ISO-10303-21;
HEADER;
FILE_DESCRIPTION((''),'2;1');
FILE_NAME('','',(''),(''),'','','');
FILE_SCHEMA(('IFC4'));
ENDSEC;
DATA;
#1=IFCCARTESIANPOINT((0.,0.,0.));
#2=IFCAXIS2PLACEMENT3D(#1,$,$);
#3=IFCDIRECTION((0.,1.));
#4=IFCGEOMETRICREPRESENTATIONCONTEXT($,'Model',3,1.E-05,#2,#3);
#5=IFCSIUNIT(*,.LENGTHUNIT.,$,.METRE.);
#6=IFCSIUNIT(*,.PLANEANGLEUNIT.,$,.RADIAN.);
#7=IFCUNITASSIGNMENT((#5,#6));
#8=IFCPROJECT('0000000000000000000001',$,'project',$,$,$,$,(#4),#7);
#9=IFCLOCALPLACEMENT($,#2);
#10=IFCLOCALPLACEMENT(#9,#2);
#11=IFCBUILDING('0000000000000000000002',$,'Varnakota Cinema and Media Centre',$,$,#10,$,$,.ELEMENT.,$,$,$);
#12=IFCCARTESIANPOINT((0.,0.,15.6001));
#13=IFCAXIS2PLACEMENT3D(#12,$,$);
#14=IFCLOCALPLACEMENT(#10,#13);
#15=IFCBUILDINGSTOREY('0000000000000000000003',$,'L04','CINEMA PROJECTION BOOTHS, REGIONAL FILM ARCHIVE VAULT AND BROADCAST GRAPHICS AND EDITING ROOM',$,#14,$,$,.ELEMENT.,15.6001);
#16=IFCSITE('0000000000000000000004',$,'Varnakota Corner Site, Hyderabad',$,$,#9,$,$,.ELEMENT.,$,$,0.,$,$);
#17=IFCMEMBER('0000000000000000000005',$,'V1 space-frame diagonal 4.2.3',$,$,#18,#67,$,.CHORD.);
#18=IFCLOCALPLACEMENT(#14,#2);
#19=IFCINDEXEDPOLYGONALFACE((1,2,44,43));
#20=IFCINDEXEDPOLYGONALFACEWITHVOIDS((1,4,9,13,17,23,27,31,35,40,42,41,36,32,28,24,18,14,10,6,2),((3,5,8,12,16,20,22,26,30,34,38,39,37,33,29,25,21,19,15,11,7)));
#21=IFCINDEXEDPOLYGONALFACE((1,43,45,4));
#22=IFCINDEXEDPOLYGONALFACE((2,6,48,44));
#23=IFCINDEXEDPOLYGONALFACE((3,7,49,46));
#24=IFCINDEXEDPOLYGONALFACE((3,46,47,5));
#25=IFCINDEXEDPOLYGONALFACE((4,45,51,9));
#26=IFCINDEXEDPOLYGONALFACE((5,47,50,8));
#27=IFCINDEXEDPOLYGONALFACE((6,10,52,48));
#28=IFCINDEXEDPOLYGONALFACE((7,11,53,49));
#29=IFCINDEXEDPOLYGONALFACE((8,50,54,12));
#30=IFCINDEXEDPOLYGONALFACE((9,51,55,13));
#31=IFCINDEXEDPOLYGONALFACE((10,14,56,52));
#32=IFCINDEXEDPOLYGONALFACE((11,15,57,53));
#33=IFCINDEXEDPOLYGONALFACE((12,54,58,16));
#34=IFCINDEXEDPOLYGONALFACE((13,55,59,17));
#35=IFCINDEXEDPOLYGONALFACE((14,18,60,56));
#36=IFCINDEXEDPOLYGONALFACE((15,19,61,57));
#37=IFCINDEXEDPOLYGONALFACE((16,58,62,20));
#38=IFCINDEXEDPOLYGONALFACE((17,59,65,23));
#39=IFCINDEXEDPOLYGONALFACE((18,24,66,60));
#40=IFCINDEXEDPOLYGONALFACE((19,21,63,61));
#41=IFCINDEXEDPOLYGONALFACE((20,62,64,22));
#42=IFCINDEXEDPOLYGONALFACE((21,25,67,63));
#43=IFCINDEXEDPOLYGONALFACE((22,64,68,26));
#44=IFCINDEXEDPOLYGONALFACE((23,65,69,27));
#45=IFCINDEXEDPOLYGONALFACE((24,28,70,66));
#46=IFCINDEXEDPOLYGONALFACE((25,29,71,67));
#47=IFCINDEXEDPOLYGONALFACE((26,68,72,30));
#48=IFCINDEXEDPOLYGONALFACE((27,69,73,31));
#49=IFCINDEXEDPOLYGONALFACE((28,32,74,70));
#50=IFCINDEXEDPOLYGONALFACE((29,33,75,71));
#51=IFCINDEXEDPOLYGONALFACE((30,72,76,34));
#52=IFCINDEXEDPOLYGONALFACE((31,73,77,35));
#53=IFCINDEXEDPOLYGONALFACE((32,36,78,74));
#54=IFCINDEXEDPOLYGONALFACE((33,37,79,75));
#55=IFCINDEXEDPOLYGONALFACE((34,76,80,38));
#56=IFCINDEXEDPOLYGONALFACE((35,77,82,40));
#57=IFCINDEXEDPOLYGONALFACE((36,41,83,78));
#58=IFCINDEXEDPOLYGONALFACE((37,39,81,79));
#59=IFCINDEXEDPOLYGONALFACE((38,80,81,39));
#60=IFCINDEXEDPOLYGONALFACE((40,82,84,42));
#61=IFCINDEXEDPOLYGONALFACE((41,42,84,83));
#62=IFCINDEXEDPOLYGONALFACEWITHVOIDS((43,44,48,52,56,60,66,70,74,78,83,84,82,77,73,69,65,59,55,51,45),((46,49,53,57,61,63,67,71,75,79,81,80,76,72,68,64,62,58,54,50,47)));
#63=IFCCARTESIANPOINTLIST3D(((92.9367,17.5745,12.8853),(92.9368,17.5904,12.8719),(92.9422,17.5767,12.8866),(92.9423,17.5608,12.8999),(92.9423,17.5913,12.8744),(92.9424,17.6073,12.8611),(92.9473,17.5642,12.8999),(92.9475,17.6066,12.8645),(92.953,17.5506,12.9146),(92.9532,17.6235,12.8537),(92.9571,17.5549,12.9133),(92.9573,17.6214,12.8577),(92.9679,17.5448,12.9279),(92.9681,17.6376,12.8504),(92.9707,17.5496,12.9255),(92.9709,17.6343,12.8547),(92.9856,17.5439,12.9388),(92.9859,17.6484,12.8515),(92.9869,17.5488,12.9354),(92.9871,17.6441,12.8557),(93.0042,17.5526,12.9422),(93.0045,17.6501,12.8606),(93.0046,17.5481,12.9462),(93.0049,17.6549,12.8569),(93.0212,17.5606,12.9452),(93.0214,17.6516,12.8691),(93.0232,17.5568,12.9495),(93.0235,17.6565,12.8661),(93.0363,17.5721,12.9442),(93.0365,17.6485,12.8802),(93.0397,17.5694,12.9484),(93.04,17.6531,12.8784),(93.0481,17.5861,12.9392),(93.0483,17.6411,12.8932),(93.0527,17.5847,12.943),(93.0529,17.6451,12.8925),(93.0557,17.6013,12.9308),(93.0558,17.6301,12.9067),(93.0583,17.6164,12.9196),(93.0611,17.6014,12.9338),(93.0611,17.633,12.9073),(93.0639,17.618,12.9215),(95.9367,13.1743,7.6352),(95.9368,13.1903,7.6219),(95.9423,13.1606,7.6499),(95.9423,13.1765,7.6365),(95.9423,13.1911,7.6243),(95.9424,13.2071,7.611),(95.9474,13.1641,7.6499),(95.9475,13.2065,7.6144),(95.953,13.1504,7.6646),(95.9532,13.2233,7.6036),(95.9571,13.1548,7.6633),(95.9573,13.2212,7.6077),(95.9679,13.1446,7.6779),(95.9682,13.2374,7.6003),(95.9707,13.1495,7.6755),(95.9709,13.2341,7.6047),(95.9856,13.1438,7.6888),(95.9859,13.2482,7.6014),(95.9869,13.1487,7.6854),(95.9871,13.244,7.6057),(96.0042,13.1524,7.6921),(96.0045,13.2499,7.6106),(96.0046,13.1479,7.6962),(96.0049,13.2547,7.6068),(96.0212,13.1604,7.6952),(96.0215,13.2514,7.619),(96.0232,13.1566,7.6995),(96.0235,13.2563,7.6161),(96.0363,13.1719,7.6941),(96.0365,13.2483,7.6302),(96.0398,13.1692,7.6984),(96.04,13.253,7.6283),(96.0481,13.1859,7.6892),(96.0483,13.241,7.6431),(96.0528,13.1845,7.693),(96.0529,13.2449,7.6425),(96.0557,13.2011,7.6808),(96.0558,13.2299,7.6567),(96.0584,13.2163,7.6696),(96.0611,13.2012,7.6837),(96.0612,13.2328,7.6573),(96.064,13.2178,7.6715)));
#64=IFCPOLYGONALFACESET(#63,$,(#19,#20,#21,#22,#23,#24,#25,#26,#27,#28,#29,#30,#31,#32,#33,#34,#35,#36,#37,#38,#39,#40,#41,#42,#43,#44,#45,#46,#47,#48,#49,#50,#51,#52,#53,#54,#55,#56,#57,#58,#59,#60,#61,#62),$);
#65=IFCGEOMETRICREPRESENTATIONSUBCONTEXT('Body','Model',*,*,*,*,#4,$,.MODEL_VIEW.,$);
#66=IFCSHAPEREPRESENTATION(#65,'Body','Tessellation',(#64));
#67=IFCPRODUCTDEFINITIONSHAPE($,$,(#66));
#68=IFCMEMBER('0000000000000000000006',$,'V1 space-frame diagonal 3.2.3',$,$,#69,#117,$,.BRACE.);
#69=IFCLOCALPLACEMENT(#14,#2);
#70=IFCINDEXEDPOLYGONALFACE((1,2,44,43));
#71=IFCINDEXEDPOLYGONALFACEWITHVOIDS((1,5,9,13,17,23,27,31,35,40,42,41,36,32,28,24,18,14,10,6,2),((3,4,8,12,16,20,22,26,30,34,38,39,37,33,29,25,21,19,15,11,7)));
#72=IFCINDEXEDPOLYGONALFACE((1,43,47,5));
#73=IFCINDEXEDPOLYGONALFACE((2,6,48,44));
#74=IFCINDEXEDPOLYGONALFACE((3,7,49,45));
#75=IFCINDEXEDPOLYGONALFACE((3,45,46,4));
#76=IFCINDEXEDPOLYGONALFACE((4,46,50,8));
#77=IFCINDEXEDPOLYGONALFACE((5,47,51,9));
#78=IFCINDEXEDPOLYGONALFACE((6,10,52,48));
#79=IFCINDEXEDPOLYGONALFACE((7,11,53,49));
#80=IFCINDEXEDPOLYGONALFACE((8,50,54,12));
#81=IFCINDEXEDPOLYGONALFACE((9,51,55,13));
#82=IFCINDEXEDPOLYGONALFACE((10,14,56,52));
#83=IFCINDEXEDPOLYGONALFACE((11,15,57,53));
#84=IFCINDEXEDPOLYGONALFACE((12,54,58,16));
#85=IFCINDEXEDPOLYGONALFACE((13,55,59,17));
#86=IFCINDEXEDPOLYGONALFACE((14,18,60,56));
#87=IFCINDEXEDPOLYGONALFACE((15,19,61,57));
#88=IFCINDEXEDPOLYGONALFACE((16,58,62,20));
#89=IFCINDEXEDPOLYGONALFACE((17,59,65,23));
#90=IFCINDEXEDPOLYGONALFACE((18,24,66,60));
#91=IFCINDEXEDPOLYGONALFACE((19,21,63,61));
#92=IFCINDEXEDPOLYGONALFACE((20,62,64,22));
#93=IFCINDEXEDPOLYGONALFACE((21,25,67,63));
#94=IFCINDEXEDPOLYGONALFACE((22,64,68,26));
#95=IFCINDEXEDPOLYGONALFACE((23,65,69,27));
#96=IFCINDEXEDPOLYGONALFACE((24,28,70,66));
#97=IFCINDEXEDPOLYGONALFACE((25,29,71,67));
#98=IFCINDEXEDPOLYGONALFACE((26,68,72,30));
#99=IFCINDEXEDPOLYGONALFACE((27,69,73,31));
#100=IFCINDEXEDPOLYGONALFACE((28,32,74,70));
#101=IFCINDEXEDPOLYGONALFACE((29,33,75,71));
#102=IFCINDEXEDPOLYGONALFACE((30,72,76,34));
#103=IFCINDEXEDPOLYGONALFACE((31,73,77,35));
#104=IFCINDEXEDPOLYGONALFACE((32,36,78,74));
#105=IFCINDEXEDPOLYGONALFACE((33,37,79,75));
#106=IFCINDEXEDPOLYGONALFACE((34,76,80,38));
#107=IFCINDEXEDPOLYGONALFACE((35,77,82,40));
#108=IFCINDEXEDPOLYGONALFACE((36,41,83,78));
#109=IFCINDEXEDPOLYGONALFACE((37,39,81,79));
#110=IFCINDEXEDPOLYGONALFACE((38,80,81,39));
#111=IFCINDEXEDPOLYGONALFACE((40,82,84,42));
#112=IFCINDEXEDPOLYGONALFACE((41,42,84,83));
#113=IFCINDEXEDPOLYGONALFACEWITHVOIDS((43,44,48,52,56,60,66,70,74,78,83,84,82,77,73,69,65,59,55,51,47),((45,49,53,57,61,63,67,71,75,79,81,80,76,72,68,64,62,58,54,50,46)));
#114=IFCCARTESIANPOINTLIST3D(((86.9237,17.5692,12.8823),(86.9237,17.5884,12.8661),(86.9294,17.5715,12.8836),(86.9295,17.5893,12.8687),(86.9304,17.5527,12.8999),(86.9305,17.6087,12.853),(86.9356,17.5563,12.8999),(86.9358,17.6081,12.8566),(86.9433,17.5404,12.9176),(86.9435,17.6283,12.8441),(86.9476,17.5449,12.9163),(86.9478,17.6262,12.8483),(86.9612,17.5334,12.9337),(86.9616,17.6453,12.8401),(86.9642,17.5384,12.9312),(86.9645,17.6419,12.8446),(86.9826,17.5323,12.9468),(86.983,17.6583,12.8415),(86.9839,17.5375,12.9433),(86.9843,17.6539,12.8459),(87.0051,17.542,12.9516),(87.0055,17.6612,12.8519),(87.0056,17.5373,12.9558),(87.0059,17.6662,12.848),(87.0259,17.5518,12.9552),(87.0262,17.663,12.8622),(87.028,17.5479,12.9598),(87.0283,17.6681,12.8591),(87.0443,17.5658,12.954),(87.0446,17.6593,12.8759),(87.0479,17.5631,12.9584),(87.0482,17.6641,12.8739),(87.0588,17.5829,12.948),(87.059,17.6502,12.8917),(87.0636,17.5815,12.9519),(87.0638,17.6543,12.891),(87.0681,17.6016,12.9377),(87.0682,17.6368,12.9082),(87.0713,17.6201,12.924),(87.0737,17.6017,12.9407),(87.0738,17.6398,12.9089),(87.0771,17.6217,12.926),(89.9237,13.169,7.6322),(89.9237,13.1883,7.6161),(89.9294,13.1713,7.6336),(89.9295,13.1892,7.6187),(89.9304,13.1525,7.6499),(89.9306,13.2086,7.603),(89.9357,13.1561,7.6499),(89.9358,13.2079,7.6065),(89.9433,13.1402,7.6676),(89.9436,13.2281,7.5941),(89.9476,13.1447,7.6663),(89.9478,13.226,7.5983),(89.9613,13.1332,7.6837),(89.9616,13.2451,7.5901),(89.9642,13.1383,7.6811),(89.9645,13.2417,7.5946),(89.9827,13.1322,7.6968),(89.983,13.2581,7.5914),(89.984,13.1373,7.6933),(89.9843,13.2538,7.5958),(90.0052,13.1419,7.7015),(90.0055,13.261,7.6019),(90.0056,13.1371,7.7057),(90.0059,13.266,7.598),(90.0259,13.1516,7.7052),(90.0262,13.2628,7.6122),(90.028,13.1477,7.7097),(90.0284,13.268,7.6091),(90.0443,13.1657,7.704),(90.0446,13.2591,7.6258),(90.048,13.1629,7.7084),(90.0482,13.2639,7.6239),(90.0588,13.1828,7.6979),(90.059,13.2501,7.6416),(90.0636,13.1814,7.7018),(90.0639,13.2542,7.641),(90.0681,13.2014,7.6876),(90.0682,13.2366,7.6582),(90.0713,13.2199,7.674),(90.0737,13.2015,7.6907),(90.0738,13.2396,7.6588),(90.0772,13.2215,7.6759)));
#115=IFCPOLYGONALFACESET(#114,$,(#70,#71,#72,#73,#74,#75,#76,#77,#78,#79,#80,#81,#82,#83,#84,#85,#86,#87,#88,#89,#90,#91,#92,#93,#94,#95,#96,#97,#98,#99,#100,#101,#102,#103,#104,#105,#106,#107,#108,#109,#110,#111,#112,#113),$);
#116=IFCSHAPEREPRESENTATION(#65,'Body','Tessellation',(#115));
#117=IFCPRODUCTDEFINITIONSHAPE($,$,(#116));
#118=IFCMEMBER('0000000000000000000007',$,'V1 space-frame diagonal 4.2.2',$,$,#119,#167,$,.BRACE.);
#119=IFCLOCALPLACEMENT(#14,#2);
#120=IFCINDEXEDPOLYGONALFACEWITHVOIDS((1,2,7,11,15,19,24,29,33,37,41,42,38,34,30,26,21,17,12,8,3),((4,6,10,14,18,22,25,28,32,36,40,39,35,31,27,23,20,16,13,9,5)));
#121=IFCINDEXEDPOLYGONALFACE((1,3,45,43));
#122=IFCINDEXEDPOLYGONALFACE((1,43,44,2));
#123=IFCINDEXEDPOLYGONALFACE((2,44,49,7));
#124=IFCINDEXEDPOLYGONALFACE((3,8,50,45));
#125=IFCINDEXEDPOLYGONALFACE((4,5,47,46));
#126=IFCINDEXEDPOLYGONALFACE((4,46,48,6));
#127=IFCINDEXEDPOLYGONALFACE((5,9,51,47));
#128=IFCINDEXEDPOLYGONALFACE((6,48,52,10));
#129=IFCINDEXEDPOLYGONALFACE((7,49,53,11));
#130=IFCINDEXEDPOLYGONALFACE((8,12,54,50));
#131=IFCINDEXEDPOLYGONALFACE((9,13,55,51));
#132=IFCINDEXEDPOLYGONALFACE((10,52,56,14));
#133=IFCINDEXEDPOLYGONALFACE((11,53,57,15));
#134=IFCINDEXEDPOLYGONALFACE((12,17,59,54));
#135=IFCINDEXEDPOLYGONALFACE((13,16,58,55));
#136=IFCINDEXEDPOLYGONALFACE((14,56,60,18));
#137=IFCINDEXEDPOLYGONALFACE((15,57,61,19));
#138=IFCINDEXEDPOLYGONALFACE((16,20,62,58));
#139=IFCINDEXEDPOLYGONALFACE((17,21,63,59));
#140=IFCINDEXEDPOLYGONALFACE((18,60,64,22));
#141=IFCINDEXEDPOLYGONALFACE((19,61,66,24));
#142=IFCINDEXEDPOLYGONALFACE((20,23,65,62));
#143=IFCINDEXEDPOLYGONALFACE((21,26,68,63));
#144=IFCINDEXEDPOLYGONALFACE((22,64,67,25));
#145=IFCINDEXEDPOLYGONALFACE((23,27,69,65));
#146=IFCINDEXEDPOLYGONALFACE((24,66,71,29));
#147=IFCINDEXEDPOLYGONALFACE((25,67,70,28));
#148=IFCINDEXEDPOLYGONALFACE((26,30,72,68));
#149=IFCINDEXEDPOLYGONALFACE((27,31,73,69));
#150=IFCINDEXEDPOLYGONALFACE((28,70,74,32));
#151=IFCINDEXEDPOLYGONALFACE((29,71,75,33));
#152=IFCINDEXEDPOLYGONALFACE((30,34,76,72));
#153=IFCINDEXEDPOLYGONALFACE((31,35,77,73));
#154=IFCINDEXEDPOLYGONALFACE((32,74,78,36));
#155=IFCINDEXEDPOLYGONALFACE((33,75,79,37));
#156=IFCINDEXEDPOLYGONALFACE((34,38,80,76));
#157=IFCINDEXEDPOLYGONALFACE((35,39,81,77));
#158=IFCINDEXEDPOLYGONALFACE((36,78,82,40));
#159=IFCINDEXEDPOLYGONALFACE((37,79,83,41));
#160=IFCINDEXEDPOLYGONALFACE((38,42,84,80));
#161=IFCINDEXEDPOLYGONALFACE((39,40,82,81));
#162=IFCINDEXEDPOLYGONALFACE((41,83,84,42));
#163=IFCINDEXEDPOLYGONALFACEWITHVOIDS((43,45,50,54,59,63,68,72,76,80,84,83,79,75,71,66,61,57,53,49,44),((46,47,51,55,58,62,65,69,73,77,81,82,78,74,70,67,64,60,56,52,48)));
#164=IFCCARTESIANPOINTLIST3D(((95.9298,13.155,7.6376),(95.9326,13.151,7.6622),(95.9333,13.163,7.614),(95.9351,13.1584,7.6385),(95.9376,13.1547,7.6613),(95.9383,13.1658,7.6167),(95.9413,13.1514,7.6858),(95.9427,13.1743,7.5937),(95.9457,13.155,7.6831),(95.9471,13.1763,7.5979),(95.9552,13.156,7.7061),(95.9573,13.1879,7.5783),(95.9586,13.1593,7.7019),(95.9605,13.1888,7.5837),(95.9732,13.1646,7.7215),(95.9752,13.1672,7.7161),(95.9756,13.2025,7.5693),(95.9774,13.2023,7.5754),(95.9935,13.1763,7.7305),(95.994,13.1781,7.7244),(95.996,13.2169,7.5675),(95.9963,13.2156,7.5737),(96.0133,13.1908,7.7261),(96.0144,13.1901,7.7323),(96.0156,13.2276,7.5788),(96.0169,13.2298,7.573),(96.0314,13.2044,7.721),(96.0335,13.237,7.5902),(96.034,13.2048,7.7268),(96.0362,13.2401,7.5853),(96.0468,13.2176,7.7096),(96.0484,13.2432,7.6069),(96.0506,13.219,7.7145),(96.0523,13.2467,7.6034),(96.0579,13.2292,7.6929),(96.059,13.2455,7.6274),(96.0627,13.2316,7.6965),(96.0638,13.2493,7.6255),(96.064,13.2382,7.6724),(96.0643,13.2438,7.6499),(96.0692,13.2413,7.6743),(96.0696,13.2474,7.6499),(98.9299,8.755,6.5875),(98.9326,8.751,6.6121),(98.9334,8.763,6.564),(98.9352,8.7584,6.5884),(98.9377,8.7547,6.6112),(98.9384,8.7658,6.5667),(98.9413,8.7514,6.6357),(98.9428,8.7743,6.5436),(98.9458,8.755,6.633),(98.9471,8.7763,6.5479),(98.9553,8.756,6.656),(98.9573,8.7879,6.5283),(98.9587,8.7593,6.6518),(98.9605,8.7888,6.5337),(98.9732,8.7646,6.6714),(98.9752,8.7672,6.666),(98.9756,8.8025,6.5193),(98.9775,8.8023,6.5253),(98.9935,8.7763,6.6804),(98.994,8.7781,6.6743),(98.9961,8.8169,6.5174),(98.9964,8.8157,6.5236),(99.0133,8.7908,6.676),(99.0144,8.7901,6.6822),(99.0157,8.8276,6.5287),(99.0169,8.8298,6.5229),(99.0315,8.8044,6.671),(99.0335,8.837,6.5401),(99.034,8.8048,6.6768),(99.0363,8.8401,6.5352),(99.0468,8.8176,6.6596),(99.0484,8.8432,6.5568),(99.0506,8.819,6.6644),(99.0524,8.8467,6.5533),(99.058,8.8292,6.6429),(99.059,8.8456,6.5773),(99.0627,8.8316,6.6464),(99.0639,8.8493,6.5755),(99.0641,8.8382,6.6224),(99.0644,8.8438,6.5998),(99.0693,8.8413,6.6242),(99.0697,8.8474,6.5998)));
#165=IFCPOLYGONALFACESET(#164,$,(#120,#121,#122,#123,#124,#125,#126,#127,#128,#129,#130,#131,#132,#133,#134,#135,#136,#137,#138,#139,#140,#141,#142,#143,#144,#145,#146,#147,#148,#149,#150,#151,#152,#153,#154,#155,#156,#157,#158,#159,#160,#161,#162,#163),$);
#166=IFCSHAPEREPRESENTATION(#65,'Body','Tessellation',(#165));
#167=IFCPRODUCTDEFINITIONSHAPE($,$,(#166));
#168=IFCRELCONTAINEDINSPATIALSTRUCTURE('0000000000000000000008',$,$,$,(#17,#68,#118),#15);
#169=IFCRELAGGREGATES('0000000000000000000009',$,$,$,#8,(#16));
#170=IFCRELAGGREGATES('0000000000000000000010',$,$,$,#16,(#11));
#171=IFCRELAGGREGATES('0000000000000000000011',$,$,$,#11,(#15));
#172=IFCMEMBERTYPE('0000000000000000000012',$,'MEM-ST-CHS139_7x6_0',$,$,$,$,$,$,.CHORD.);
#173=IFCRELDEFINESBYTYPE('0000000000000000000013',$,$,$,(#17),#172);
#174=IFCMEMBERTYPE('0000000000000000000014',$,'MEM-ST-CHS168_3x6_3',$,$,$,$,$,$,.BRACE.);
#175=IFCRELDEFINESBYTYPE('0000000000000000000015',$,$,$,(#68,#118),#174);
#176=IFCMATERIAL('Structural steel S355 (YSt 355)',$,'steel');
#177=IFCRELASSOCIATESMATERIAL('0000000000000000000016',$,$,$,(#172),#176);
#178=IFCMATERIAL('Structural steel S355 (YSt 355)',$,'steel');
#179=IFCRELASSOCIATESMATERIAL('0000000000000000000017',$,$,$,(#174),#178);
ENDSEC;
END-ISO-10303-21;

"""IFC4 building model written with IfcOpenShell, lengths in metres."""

from ifc_helpers import new_model, si_unit, direction, frame, origin, origin_2d, place, context, subcontext, project, spatial, hollow_circle, extrude, material, material_profile, profile_set, type_object, element, save


model = new_model("IFC4")

# Units and contexts
model_context = context("Model", 3, precision=1e-05, world=origin(), true_north=direction((0.0, 1.0)))
body_context = subcontext(model_context, "Body", "Model", "MODEL_VIEW")
ifc_project = project(units=[si_unit("LENGTHUNIT", "METRE"), si_unit("PLANEANGLEUNIT", "RADIAN")], contexts=[model_context])

# Site, building, storey
site_placement = place(None, origin())
site = spatial("IfcSite", under=ifc_project, at=site_placement, Name="Varnakota Corner Site, Hyderabad", CompositionType="ELEMENT", RefElevation=0.0)
building_placement = place(site_placement, origin())
building = spatial("IfcBuilding", under=site, at=building_placement, Name="Varnakota Cinema and Media Centre", CompositionType="ELEMENT")
storey_placement = place(building_placement, frame((0.0, 0.0, 15.6001)))
storey = spatial("IfcBuildingStorey", under=building, at=storey_placement, Name="L04", Description="CINEMA PROJECTION BOOTHS, REGIONAL FILM ARCHIVE VAULT AND BROADCAST GRAPHICS AND EDITING ROOM", CompositionType="ELEMENT", Elevation=15.6001)

# Members
ifc_material_1 = material(Name="Structural steel S355 (YSt 355)", Category="steel")
ifc_material_profile_1 = material_profile(ifc_material_1, hollow_circle(Radius=0.0698, WallThickness=0.0061, at=origin_2d()), Name="CHS 139.7x6.0")
ifc_profile_set_1 = profile_set([ifc_material_profile_1], Name="Structural steel S355 (YSt 355)")
member_type_1 = type_object("IfcMemberType", Name="MEM-ST-CHS139_7x6_0", PredefinedType="CHORD", material=ifc_profile_set_1)
for number, where, z_axis, x_axis, name in (
    (1, (96.0, 13.2, 7.6499), (-0.401165, 0.588395, 0.702039), (-0.826236, -0.563324, 0.0), "V1 space-frame diagonal 4.2.3"),
):
    element("IfcMember", number, at=place(storey_placement, frame(where, z_axis=z_axis, x_axis=x_axis)), inside=storey, type_object=member_type_1, Name=name, PredefinedType="CHORD", context=body_context, shape_type="SweptSolid", body=[
        extrude(hollow_circle(Radius=0.0698, WallThickness=0.0061, at=origin_2d()), origin(), (0.0, 0.0, 1.0), 7.4783),
    ])
ifc_material_2 = material(Name="Structural steel S355 (YSt 355)", Category="steel")
ifc_material_profile_2 = material_profile(ifc_material_2, hollow_circle(Radius=0.0842, WallThickness=0.0063, at=origin_2d()), Name="CHS 168.3x6.3")
ifc_profile_set_2 = profile_set([ifc_material_profile_2], Name="Structural steel S355 (YSt 355)")
member_type_2 = type_object("IfcMemberType", Name="MEM-ST-CHS168_3x6_3", PredefinedType="BRACE", material=ifc_profile_set_2)
member_1_placement = place(storey_placement, frame((90.0, 13.2, 7.6499), z_axis=(-0.401165, 0.588395, 0.702039), x_axis=(-0.826236, -0.563324, 0.0)))
element("IfcMember", 2, at=member_1_placement, inside=storey, type_object=member_type_2, Name="V1 space-frame diagonal 3.2.3", PredefinedType="BRACE", context=body_context, shape_type="SweptSolid", body=[
    extrude(hollow_circle(Radius=0.0842, WallThickness=0.0063, at=origin_2d()), origin(), (0.0, 0.0, 1.0), 7.4783),
])
member_2_placement = place(storey_placement, frame((96.0, 13.2, 7.6499), z_axis=(0.552703, -0.810613, -0.193455), x_axis=(0.826222, 0.563345, 0.0)))
element("IfcMember", 3, at=member_2_placement, inside=storey, type_object=member_type_2, Name="V1 space-frame diagonal 4.2.2", PredefinedType="BRACE", context=body_context, shape_type="SweptSolid", body=[
    extrude(hollow_circle(Radius=0.0842, WallThickness=0.0063, at=origin_2d()), origin(), (0.0, 0.0, 1.0), 5.428),
])

save(model, "model.ifc")
